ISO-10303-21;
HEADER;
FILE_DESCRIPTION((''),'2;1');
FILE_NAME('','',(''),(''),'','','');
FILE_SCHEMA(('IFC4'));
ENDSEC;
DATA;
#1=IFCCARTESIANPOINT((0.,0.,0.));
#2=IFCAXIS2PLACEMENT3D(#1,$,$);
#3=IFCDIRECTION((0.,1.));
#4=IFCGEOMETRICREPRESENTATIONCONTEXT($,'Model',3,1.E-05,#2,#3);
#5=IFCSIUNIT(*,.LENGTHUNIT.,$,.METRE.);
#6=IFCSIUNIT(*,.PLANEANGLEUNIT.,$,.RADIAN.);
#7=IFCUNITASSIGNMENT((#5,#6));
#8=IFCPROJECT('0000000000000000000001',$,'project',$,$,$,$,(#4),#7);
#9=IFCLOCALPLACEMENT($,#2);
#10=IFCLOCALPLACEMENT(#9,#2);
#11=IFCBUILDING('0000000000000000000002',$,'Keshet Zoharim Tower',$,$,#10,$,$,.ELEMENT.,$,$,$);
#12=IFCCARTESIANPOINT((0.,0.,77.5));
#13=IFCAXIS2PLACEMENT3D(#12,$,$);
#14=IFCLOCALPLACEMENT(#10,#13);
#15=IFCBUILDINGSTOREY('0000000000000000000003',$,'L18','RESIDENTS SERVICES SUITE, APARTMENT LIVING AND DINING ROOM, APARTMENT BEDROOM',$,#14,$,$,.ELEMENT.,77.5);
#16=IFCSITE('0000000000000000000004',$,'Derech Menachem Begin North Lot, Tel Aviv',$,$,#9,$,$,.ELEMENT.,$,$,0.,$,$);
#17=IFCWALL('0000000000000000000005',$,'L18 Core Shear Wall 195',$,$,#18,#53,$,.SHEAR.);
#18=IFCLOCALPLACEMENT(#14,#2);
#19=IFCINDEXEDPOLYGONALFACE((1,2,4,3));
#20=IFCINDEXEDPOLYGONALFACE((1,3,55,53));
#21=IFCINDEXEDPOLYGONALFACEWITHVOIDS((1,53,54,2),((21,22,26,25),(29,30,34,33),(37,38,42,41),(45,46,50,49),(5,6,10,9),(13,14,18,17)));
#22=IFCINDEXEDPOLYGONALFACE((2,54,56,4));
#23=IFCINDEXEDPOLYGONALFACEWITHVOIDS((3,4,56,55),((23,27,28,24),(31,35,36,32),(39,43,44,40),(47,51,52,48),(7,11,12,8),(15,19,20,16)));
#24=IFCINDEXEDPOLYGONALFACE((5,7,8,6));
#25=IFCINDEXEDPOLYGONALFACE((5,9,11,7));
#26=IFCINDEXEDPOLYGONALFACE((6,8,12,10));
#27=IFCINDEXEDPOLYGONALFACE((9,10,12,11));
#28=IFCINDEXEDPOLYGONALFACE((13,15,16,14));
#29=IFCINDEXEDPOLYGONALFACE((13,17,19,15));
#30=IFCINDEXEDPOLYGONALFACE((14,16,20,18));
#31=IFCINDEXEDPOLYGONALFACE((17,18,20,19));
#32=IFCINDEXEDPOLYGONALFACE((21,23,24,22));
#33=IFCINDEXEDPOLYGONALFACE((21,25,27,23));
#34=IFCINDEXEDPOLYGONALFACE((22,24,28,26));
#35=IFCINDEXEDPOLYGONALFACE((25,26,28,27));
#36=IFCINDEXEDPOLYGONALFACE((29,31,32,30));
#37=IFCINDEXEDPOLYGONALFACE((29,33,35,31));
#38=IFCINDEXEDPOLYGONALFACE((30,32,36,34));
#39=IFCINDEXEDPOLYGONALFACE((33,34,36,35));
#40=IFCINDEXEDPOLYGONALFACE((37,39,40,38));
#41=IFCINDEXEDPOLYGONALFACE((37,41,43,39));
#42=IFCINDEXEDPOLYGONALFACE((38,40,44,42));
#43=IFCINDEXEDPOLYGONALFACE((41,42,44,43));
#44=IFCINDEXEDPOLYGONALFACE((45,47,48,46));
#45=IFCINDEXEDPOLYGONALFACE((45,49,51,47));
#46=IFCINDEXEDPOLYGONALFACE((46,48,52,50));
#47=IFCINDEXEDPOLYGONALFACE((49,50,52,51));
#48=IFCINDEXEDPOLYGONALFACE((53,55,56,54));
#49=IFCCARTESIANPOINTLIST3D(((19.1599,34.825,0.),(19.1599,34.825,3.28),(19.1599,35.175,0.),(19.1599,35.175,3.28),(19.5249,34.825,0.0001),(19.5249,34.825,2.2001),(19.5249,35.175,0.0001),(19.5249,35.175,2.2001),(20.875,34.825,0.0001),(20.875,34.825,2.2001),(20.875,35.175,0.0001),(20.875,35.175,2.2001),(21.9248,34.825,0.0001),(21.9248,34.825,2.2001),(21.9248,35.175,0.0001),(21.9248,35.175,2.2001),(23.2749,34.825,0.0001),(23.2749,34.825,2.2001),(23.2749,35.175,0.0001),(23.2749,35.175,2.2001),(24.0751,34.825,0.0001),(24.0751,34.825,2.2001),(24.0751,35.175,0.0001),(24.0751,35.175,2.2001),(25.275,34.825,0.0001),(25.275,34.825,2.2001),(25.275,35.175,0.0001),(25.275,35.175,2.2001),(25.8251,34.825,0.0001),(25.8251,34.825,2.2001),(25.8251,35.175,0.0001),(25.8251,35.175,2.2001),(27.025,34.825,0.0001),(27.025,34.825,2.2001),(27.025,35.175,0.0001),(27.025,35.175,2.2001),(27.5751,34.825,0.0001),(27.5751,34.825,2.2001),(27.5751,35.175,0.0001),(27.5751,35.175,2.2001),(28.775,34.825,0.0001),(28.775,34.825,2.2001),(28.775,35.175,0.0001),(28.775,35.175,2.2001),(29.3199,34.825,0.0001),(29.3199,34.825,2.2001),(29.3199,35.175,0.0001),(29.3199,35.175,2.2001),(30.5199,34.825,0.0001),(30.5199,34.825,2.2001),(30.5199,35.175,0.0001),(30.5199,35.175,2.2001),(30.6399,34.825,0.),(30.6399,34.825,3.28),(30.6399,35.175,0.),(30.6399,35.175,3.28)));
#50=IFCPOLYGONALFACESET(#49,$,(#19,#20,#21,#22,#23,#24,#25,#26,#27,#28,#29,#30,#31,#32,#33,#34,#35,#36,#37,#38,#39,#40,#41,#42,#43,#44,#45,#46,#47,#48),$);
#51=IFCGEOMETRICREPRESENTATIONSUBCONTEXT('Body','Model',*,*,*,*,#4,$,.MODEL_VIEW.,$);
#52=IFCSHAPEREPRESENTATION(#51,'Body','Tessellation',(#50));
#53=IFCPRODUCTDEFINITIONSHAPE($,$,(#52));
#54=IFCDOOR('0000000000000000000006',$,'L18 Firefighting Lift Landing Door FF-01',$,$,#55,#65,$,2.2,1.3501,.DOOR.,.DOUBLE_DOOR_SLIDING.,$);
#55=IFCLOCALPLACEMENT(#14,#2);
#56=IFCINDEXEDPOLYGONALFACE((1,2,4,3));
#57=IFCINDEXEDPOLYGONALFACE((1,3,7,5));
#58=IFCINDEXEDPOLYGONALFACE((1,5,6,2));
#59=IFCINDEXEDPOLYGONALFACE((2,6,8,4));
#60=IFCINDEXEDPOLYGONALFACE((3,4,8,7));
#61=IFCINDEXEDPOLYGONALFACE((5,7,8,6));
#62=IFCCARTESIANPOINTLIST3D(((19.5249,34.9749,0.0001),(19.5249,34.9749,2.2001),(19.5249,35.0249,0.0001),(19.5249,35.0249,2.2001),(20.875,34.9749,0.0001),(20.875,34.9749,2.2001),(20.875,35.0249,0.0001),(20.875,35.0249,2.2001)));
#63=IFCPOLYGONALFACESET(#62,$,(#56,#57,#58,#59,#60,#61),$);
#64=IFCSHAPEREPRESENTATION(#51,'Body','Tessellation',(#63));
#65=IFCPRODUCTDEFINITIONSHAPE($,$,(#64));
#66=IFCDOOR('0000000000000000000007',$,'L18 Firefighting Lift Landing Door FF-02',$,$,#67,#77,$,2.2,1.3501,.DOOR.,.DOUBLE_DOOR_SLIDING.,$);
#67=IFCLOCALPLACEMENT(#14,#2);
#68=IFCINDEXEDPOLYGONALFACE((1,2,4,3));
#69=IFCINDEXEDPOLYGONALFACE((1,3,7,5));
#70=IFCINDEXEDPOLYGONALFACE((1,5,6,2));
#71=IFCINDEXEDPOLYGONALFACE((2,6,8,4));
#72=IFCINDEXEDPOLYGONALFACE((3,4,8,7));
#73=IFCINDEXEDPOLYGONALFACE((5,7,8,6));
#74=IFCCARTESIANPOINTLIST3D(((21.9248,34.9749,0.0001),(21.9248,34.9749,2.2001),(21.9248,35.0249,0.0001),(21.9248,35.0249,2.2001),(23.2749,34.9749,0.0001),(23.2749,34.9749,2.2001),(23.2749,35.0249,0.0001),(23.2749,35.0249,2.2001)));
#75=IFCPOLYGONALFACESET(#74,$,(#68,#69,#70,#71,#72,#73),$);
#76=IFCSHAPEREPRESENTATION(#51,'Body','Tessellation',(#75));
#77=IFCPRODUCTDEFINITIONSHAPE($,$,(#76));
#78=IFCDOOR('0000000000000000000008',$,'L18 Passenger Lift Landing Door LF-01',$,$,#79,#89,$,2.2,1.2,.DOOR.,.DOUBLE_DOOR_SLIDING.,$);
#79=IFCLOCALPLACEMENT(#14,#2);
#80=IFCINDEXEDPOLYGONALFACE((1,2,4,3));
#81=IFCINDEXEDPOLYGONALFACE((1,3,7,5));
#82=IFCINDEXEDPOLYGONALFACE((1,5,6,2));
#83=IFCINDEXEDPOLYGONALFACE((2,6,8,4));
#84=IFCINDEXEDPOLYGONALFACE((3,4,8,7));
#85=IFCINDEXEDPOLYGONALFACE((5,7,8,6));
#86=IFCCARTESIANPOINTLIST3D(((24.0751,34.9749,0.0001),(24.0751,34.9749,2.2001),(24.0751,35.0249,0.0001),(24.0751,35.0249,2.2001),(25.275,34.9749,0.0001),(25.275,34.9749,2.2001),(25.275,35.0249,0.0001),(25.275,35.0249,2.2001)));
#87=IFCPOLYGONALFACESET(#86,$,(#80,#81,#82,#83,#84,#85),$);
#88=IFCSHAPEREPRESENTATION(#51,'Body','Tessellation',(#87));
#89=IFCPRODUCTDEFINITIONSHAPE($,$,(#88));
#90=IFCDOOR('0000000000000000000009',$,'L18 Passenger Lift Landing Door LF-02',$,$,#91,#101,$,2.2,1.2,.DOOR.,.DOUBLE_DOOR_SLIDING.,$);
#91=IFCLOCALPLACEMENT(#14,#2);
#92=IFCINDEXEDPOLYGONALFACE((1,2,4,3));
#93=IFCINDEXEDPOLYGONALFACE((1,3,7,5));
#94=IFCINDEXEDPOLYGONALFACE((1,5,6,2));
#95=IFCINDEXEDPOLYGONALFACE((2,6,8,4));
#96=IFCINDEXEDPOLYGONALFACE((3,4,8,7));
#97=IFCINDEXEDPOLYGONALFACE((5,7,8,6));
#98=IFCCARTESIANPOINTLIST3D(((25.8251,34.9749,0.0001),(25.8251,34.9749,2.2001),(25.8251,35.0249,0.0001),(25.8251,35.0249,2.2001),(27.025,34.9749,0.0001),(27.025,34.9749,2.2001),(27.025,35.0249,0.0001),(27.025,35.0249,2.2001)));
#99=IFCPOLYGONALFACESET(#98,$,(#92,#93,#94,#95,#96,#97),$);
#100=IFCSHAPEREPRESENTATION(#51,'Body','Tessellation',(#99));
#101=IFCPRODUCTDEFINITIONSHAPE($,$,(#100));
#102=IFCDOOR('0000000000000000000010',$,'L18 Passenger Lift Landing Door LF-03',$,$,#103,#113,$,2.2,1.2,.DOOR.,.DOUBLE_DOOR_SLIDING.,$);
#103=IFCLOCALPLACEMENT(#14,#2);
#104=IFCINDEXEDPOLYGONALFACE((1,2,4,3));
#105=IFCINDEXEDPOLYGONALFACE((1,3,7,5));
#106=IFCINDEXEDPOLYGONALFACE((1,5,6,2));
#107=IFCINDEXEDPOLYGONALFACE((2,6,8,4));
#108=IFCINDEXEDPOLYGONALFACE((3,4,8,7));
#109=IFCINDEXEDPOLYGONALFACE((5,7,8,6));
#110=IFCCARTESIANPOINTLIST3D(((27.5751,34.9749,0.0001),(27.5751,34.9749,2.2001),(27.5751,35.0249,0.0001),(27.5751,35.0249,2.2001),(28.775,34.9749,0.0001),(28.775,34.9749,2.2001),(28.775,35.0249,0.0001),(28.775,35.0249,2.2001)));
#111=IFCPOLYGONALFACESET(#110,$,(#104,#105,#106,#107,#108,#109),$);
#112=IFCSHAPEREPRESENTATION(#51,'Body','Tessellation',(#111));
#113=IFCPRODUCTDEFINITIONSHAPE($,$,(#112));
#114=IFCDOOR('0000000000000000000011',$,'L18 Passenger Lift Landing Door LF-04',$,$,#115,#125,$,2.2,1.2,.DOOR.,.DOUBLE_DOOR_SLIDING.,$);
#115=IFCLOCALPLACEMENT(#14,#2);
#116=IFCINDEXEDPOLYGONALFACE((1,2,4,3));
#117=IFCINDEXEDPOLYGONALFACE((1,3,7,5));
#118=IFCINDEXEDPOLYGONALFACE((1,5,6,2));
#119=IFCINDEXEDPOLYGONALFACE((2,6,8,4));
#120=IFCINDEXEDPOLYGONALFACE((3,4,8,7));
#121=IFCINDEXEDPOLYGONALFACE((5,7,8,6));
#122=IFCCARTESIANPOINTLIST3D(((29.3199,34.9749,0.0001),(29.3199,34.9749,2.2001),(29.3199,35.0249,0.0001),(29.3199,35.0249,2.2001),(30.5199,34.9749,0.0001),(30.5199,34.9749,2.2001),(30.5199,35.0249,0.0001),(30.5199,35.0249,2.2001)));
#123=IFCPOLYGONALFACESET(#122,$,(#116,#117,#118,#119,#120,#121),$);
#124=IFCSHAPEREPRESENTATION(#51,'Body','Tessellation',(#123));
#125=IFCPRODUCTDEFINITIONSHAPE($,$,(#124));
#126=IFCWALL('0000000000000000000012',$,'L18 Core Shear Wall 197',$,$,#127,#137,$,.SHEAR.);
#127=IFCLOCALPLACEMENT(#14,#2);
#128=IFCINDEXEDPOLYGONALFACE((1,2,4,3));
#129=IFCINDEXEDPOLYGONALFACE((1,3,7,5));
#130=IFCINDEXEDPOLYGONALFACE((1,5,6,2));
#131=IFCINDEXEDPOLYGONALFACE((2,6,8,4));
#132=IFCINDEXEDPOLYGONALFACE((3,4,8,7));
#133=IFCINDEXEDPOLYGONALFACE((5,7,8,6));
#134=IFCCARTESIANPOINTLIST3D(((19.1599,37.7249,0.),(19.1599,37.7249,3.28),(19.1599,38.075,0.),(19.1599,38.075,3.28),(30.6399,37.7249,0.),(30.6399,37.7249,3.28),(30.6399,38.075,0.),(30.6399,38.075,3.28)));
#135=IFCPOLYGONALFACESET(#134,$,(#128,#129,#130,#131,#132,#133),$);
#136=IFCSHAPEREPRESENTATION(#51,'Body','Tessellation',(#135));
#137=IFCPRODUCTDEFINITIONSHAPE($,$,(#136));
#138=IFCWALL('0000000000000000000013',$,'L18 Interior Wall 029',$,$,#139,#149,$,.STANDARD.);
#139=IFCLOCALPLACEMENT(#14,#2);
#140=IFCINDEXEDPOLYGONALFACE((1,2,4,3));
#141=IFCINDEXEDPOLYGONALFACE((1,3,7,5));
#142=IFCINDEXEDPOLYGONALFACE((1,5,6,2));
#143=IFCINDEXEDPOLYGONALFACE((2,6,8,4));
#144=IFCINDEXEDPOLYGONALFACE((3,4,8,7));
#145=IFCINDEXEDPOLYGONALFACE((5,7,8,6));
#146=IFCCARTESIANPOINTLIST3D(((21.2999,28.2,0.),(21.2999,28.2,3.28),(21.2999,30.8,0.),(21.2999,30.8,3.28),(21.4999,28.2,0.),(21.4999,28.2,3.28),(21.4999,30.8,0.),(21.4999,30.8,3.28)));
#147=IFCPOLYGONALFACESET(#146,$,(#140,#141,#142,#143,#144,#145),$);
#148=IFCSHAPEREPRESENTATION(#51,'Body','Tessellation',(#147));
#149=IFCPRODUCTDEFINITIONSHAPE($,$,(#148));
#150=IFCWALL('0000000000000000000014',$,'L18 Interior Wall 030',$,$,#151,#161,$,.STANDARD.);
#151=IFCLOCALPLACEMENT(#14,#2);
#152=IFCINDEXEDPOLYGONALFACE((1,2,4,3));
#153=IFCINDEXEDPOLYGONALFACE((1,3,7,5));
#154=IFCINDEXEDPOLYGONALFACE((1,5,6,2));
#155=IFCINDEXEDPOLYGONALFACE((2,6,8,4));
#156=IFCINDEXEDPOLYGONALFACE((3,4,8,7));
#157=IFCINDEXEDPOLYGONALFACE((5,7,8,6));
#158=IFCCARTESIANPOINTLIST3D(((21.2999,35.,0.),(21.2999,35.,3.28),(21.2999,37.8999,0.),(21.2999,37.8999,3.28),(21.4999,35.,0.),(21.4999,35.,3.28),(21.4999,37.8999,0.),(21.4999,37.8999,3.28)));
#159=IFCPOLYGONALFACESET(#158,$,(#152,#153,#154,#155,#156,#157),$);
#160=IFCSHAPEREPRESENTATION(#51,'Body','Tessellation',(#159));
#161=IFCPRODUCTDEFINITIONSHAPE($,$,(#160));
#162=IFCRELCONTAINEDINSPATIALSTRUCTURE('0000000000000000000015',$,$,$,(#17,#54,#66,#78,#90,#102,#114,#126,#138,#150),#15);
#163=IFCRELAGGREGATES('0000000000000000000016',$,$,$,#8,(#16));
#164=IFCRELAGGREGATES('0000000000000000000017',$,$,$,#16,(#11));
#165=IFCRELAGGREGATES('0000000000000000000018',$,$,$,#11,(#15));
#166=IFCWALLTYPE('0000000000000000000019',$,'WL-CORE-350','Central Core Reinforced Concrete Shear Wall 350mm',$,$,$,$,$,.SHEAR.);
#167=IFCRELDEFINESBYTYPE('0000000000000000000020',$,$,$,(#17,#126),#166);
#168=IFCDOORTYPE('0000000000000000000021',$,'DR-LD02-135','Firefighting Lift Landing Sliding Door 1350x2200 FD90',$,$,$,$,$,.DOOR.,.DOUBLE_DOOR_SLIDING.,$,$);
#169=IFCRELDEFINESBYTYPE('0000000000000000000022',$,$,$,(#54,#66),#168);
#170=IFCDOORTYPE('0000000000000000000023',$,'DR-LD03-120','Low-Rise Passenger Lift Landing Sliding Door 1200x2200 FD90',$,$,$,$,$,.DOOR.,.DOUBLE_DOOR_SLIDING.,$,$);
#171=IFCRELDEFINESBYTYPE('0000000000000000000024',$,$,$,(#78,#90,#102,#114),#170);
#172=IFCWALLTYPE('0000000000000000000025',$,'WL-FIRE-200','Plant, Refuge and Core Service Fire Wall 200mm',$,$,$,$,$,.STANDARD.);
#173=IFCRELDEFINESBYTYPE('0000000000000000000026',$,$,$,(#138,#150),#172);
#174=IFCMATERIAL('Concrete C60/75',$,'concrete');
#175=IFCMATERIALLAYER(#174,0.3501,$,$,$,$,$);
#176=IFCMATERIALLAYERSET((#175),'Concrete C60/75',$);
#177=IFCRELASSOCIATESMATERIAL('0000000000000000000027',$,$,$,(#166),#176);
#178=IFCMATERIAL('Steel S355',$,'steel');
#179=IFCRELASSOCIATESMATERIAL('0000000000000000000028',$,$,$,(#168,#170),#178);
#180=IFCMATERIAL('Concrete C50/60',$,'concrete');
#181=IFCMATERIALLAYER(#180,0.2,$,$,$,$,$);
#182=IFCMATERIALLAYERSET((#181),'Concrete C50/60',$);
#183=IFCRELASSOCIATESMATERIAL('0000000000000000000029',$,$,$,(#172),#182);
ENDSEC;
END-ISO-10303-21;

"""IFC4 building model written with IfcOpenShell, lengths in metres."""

from ifc_helpers import new_model, si_unit, direction, frame, frame_2d, origin, place, context, subcontext, project, spatial, rectangle, extrude, material, layer, layer_set, type_object, element, fill, save


model = new_model("IFC4")

# Units and contexts
model_context = context("Model", 3, precision=1e-05, world=origin(), true_north=direction((0.0, 1.0)))
body_context = subcontext(model_context, "Body", "Model", "MODEL_VIEW")
ifc_project = project(units=[si_unit("LENGTHUNIT", "METRE"), si_unit("PLANEANGLEUNIT", "RADIAN")], contexts=[model_context])

# Site, building, storey
site_placement = place(None, origin())
site = spatial("IfcSite", under=ifc_project, at=site_placement, Name="Derech Menachem Begin North Lot, Tel Aviv", CompositionType="ELEMENT", RefElevation=0.0)
building_placement = place(site_placement, origin())
building = spatial("IfcBuilding", under=site, at=building_placement, Name="Keshet Zoharim Tower", CompositionType="ELEMENT")
storey_placement = place(building_placement, frame((0.0, 0.0, 77.5)))
storey = spatial("IfcBuildingStorey", under=building, at=storey_placement, Name="L18", Description="RESIDENTS SERVICES SUITE, APARTMENT LIVING AND DINING ROOM, APARTMENT BEDROOM", CompositionType="ELEMENT", Elevation=77.5)

# Shared definitions
ifc_material_1 = material(Name="Steel S355", Category="steel")

# Shared definitions
ifc_material_2 = material(Name="Concrete C60/75", Category="concrete")
ifc_layer_1 = layer(ifc_material_2, 0.3501)
ifc_layer_set_1 = layer_set([ifc_layer_1], Name="Concrete C60/75")
wall_type_1 = type_object("IfcWallType", Name="WL-CORE-350", Description="Central Core Reinforced Concrete Shear Wall 350mm", PredefinedType="SHEAR", material=ifc_layer_set_1)

# Wall, openings, doors
wall_1_placement = place(storey_placement, frame((19.1599, 35.0, 0.0), z_axis=(0.0, 0.0, 1.0), x_axis=(1.0, 0.0, 0.0)))
wall_1 = element("IfcWall", 1, at=wall_1_placement, inside=storey, type_object=wall_type_1, Name="L18 Core Shear Wall 195", PredefinedType="SHEAR", context=body_context, shape_type="SweptSolid", body=[
    extrude(rectangle(XDim=11.48, YDim=0.3501, at=frame_2d((5.74, 0.0))), origin(), (0.0, 0.0, 1.0), 3.28),
])
opening_1_placement = place(wall_1_placement, frame((0.365, 0.0, 0.0)))
opening_1 = element("IfcOpeningElement", 2, at=opening_1_placement, cuts=wall_1, PredefinedType="OPENING", context=body_context, shape_type="SweptSolid", body=[
    extrude(rectangle(XDim=1.3501, YDim=2.2, at=frame_2d((0.675, 1.1001))), frame((0.0, 0.1851, 0.0), z_axis=(0.0, -1.0, 0.0), x_axis=(1.0, 0.0, 0.0)), (0.0, 0.0, 1.0), 0.3701),
])
opening_2_placement = place(wall_1_placement, frame((2.7649, 0.0, 0.0)))
opening_2 = element("IfcOpeningElement", 3, at=opening_2_placement, cuts=wall_1, PredefinedType="OPENING", context=body_context, shape_type="SweptSolid", body=[
    extrude(rectangle(XDim=1.3501, YDim=2.2, at=frame_2d((0.675, 1.1001))), frame((0.0, 0.1851, 0.0), z_axis=(0.0, -1.0, 0.0), x_axis=(1.0, 0.0, 0.0)), (0.0, 0.0, 1.0), 0.3701),
])
opening_3_placement = place(wall_1_placement, frame((4.915, 0.0, 0.0)))
opening_3 = element("IfcOpeningElement", 4, at=opening_3_placement, cuts=wall_1, PredefinedType="OPENING", context=body_context, shape_type="SweptSolid", body=[
    extrude(rectangle(XDim=1.2, YDim=2.2, at=frame_2d((0.6001, 1.1001))), frame((0.0, 0.1851, 0.0), z_axis=(0.0, -1.0, 0.0), x_axis=(1.0, 0.0, 0.0)), (0.0, 0.0, 1.0), 0.3701),
])
opening_4_placement = place(wall_1_placement, frame((6.665, 0.0, 0.0)))
opening_4 = element("IfcOpeningElement", 5, at=opening_4_placement, cuts=wall_1, PredefinedType="OPENING", context=body_context, shape_type="SweptSolid", body=[
    extrude(rectangle(XDim=1.2, YDim=2.2, at=frame_2d((0.6001, 1.1001))), frame((0.0, 0.1851, 0.0), z_axis=(0.0, -1.0, 0.0), x_axis=(1.0, 0.0, 0.0)), (0.0, 0.0, 1.0), 0.3701),
])
opening_5_placement = place(wall_1_placement, frame((8.415, 0.0, 0.0)))
opening_5 = element("IfcOpeningElement", 6, at=opening_5_placement, cuts=wall_1, PredefinedType="OPENING", context=body_context, shape_type="SweptSolid", body=[
    extrude(rectangle(XDim=1.2, YDim=2.2, at=frame_2d((0.6001, 1.1001))), frame((0.0, 0.1851, 0.0), z_axis=(0.0, -1.0, 0.0), x_axis=(1.0, 0.0, 0.0)), (0.0, 0.0, 1.0), 0.3701),
])
opening_6_placement = place(wall_1_placement, frame((10.1599, 0.0, 0.0)))
opening_6 = element("IfcOpeningElement", 7, at=opening_6_placement, cuts=wall_1, PredefinedType="OPENING", context=body_context, shape_type="SweptSolid", body=[
    extrude(rectangle(XDim=1.2, YDim=2.2, at=frame_2d((0.6001, 1.1001))), frame((0.0, 0.1851, 0.0), z_axis=(0.0, -1.0, 0.0), x_axis=(1.0, 0.0, 0.0)), (0.0, 0.0, 1.0), 0.3701),
])
door_type_1 = type_object("IfcDoorType", Name="DR-LD02-135", Description="Firefighting Lift Landing Sliding Door 1350x2200 FD90", OperationType="DOUBLE_DOOR_SLIDING", PredefinedType="DOOR", material=ifc_material_1)
door_1_placement = place(opening_1_placement, origin())
door_1 = element("IfcDoor", 8, at=door_1_placement, inside=storey, type_object=door_type_1, Name="L18 Firefighting Lift Landing Door FF-01", OperationType="DOUBLE_DOOR_SLIDING", OverallHeight=2.2, OverallWidth=1.3501, PredefinedType="DOOR", context=body_context, shape_type="SweptSolid", body=[
    extrude(rectangle(XDim=1.3501, YDim=2.2, at=frame_2d((0.675, 1.1001))), frame((0.0, 0.0249, 0.0), z_axis=(0.0, -1.0, 0.0), x_axis=(1.0, 0.0, 0.0)), (0.0, 0.0, 1.0), 0.05),
])
fill(opening_1, door_1)
door_2_placement = place(opening_2_placement, origin())
door_2 = element("IfcDoor", 9, at=door_2_placement, inside=storey, type_object=door_type_1, Name="L18 Firefighting Lift Landing Door FF-02", OperationType="DOUBLE_DOOR_SLIDING", OverallHeight=2.2, OverallWidth=1.3501, PredefinedType="DOOR", context=body_context, shape_type="SweptSolid", body=[
    extrude(rectangle(XDim=1.3501, YDim=2.2, at=frame_2d((0.675, 1.1001))), frame((0.0, 0.0249, 0.0), z_axis=(0.0, -1.0, 0.0), x_axis=(1.0, 0.0, 0.0)), (0.0, 0.0, 1.0), 0.05),
])
fill(opening_2, door_2)
door_type_2 = type_object("IfcDoorType", Name="DR-LD03-120", Description="Low-Rise Passenger Lift Landing Sliding Door 1200x2200 FD90", OperationType="DOUBLE_DOOR_SLIDING", PredefinedType="DOOR", material=ifc_material_1)
door_3_placement = place(opening_3_placement, origin())
door_3 = element("IfcDoor", 10, at=door_3_placement, inside=storey, type_object=door_type_2, Name="L18 Passenger Lift Landing Door LF-01", OperationType="DOUBLE_DOOR_SLIDING", OverallHeight=2.2, OverallWidth=1.2, PredefinedType="DOOR", context=body_context, shape_type="SweptSolid", body=[
    extrude(rectangle(XDim=1.2, YDim=2.2, at=frame_2d((0.6001, 1.1001))), frame((0.0, 0.0249, 0.0), z_axis=(0.0, -1.0, 0.0), x_axis=(1.0, 0.0, 0.0)), (0.0, 0.0, 1.0), 0.05),
])
fill(opening_3, door_3)
door_4_placement = place(opening_4_placement, origin())
door_4 = element("IfcDoor", 11, at=door_4_placement, inside=storey, type_object=door_type_2, Name="L18 Passenger Lift Landing Door LF-02", OperationType="DOUBLE_DOOR_SLIDING", OverallHeight=2.2, OverallWidth=1.2, PredefinedType="DOOR", context=body_context, shape_type="SweptSolid", body=[
    extrude(rectangle(XDim=1.2, YDim=2.2, at=frame_2d((0.6001, 1.1001))), frame((0.0, 0.0249, 0.0), z_axis=(0.0, -1.0, 0.0), x_axis=(1.0, 0.0, 0.0)), (0.0, 0.0, 1.0), 0.05),
])
fill(opening_4, door_4)
door_5_placement = place(opening_5_placement, origin())
door_5 = element("IfcDoor", 12, at=door_5_placement, inside=storey, type_object=door_type_2, Name="L18 Passenger Lift Landing Door LF-03", OperationType="DOUBLE_DOOR_SLIDING", OverallHeight=2.2, OverallWidth=1.2, PredefinedType="DOOR", context=body_context, shape_type="SweptSolid", body=[
    extrude(rectangle(XDim=1.2, YDim=2.2, at=frame_2d((0.6001, 1.1001))), frame((0.0, 0.0249, 0.0), z_axis=(0.0, -1.0, 0.0), x_axis=(1.0, 0.0, 0.0)), (0.0, 0.0, 1.0), 0.05),
])
fill(opening_5, door_5)
door_6_placement = place(opening_6_placement, origin())
door_6 = element("IfcDoor", 13, at=door_6_placement, inside=storey, type_object=door_type_2, Name="L18 Passenger Lift Landing Door LF-04", OperationType="DOUBLE_DOOR_SLIDING", OverallHeight=2.2, OverallWidth=1.2, PredefinedType="DOOR", context=body_context, shape_type="SweptSolid", body=[
    extrude(rectangle(XDim=1.2, YDim=2.2, at=frame_2d((0.6001, 1.1001))), frame((0.0, 0.0249, 0.0), z_axis=(0.0, -1.0, 0.0), x_axis=(1.0, 0.0, 0.0)), (0.0, 0.0, 1.0), 0.05),
])
fill(opening_6, door_6)

# Walls
wall_2_placement = place(storey_placement, frame((19.1599, 37.8999, 0.0), z_axis=(0.0, 0.0, 1.0), x_axis=(1.0, 0.0, 0.0)))
element("IfcWall", 14, at=wall_2_placement, inside=storey, type_object=wall_type_1, Name="L18 Core Shear Wall 197", PredefinedType="SHEAR", context=body_context, shape_type="SweptSolid", body=[
    extrude(rectangle(XDim=11.48, YDim=0.3501, at=frame_2d((5.74, 0.0))), origin(), (0.0, 0.0, 1.0), 3.28),
])
ifc_material_3 = material(Name="Concrete C50/60", Category="concrete")
ifc_layer_2 = layer(ifc_material_3, 0.2)
ifc_layer_set_2 = layer_set([ifc_layer_2], Name="Concrete C50/60")
wall_type_2 = type_object("IfcWallType", Name="WL-FIRE-200", Description="Plant, Refuge and Core Service Fire Wall 200mm", PredefinedType="STANDARD", material=ifc_layer_set_2)
wall_3_placement = place(storey_placement, frame((21.3999, 28.2, 0.0), z_axis=(0.0, 0.0, 1.0), x_axis=(0.0, 1.0, 0.0)))
element("IfcWall", 15, at=wall_3_placement, inside=storey, type_object=wall_type_2, Name="L18 Interior Wall 029", PredefinedType="STANDARD", context=body_context, shape_type="SweptSolid", body=[
    extrude(rectangle(XDim=2.6001, YDim=0.2, at=frame_2d((1.3, 0.0))), origin(), (0.0, 0.0, 1.0), 3.28),
])
for number, where, z_axis, x_axis, name in (
    (16, (21.3999, 35.0, 0.0), (0.0, 0.0, 1.0), (0.0, 1.0, 0.0), "L18 Interior Wall 030"),
):
    element("IfcWall", number, at=place(storey_placement, frame(where, z_axis=z_axis, x_axis=x_axis)), inside=storey, type_object=wall_type_2, Name=name, PredefinedType="STANDARD", context=body_context, shape_type="SweptSolid", body=[
        extrude(rectangle(XDim=2.8999, YDim=0.2, at=frame_2d((1.45, 0.0))), origin(), (0.0, 0.0, 1.0), 3.28),
    ])

save(model, "model.ifc")
